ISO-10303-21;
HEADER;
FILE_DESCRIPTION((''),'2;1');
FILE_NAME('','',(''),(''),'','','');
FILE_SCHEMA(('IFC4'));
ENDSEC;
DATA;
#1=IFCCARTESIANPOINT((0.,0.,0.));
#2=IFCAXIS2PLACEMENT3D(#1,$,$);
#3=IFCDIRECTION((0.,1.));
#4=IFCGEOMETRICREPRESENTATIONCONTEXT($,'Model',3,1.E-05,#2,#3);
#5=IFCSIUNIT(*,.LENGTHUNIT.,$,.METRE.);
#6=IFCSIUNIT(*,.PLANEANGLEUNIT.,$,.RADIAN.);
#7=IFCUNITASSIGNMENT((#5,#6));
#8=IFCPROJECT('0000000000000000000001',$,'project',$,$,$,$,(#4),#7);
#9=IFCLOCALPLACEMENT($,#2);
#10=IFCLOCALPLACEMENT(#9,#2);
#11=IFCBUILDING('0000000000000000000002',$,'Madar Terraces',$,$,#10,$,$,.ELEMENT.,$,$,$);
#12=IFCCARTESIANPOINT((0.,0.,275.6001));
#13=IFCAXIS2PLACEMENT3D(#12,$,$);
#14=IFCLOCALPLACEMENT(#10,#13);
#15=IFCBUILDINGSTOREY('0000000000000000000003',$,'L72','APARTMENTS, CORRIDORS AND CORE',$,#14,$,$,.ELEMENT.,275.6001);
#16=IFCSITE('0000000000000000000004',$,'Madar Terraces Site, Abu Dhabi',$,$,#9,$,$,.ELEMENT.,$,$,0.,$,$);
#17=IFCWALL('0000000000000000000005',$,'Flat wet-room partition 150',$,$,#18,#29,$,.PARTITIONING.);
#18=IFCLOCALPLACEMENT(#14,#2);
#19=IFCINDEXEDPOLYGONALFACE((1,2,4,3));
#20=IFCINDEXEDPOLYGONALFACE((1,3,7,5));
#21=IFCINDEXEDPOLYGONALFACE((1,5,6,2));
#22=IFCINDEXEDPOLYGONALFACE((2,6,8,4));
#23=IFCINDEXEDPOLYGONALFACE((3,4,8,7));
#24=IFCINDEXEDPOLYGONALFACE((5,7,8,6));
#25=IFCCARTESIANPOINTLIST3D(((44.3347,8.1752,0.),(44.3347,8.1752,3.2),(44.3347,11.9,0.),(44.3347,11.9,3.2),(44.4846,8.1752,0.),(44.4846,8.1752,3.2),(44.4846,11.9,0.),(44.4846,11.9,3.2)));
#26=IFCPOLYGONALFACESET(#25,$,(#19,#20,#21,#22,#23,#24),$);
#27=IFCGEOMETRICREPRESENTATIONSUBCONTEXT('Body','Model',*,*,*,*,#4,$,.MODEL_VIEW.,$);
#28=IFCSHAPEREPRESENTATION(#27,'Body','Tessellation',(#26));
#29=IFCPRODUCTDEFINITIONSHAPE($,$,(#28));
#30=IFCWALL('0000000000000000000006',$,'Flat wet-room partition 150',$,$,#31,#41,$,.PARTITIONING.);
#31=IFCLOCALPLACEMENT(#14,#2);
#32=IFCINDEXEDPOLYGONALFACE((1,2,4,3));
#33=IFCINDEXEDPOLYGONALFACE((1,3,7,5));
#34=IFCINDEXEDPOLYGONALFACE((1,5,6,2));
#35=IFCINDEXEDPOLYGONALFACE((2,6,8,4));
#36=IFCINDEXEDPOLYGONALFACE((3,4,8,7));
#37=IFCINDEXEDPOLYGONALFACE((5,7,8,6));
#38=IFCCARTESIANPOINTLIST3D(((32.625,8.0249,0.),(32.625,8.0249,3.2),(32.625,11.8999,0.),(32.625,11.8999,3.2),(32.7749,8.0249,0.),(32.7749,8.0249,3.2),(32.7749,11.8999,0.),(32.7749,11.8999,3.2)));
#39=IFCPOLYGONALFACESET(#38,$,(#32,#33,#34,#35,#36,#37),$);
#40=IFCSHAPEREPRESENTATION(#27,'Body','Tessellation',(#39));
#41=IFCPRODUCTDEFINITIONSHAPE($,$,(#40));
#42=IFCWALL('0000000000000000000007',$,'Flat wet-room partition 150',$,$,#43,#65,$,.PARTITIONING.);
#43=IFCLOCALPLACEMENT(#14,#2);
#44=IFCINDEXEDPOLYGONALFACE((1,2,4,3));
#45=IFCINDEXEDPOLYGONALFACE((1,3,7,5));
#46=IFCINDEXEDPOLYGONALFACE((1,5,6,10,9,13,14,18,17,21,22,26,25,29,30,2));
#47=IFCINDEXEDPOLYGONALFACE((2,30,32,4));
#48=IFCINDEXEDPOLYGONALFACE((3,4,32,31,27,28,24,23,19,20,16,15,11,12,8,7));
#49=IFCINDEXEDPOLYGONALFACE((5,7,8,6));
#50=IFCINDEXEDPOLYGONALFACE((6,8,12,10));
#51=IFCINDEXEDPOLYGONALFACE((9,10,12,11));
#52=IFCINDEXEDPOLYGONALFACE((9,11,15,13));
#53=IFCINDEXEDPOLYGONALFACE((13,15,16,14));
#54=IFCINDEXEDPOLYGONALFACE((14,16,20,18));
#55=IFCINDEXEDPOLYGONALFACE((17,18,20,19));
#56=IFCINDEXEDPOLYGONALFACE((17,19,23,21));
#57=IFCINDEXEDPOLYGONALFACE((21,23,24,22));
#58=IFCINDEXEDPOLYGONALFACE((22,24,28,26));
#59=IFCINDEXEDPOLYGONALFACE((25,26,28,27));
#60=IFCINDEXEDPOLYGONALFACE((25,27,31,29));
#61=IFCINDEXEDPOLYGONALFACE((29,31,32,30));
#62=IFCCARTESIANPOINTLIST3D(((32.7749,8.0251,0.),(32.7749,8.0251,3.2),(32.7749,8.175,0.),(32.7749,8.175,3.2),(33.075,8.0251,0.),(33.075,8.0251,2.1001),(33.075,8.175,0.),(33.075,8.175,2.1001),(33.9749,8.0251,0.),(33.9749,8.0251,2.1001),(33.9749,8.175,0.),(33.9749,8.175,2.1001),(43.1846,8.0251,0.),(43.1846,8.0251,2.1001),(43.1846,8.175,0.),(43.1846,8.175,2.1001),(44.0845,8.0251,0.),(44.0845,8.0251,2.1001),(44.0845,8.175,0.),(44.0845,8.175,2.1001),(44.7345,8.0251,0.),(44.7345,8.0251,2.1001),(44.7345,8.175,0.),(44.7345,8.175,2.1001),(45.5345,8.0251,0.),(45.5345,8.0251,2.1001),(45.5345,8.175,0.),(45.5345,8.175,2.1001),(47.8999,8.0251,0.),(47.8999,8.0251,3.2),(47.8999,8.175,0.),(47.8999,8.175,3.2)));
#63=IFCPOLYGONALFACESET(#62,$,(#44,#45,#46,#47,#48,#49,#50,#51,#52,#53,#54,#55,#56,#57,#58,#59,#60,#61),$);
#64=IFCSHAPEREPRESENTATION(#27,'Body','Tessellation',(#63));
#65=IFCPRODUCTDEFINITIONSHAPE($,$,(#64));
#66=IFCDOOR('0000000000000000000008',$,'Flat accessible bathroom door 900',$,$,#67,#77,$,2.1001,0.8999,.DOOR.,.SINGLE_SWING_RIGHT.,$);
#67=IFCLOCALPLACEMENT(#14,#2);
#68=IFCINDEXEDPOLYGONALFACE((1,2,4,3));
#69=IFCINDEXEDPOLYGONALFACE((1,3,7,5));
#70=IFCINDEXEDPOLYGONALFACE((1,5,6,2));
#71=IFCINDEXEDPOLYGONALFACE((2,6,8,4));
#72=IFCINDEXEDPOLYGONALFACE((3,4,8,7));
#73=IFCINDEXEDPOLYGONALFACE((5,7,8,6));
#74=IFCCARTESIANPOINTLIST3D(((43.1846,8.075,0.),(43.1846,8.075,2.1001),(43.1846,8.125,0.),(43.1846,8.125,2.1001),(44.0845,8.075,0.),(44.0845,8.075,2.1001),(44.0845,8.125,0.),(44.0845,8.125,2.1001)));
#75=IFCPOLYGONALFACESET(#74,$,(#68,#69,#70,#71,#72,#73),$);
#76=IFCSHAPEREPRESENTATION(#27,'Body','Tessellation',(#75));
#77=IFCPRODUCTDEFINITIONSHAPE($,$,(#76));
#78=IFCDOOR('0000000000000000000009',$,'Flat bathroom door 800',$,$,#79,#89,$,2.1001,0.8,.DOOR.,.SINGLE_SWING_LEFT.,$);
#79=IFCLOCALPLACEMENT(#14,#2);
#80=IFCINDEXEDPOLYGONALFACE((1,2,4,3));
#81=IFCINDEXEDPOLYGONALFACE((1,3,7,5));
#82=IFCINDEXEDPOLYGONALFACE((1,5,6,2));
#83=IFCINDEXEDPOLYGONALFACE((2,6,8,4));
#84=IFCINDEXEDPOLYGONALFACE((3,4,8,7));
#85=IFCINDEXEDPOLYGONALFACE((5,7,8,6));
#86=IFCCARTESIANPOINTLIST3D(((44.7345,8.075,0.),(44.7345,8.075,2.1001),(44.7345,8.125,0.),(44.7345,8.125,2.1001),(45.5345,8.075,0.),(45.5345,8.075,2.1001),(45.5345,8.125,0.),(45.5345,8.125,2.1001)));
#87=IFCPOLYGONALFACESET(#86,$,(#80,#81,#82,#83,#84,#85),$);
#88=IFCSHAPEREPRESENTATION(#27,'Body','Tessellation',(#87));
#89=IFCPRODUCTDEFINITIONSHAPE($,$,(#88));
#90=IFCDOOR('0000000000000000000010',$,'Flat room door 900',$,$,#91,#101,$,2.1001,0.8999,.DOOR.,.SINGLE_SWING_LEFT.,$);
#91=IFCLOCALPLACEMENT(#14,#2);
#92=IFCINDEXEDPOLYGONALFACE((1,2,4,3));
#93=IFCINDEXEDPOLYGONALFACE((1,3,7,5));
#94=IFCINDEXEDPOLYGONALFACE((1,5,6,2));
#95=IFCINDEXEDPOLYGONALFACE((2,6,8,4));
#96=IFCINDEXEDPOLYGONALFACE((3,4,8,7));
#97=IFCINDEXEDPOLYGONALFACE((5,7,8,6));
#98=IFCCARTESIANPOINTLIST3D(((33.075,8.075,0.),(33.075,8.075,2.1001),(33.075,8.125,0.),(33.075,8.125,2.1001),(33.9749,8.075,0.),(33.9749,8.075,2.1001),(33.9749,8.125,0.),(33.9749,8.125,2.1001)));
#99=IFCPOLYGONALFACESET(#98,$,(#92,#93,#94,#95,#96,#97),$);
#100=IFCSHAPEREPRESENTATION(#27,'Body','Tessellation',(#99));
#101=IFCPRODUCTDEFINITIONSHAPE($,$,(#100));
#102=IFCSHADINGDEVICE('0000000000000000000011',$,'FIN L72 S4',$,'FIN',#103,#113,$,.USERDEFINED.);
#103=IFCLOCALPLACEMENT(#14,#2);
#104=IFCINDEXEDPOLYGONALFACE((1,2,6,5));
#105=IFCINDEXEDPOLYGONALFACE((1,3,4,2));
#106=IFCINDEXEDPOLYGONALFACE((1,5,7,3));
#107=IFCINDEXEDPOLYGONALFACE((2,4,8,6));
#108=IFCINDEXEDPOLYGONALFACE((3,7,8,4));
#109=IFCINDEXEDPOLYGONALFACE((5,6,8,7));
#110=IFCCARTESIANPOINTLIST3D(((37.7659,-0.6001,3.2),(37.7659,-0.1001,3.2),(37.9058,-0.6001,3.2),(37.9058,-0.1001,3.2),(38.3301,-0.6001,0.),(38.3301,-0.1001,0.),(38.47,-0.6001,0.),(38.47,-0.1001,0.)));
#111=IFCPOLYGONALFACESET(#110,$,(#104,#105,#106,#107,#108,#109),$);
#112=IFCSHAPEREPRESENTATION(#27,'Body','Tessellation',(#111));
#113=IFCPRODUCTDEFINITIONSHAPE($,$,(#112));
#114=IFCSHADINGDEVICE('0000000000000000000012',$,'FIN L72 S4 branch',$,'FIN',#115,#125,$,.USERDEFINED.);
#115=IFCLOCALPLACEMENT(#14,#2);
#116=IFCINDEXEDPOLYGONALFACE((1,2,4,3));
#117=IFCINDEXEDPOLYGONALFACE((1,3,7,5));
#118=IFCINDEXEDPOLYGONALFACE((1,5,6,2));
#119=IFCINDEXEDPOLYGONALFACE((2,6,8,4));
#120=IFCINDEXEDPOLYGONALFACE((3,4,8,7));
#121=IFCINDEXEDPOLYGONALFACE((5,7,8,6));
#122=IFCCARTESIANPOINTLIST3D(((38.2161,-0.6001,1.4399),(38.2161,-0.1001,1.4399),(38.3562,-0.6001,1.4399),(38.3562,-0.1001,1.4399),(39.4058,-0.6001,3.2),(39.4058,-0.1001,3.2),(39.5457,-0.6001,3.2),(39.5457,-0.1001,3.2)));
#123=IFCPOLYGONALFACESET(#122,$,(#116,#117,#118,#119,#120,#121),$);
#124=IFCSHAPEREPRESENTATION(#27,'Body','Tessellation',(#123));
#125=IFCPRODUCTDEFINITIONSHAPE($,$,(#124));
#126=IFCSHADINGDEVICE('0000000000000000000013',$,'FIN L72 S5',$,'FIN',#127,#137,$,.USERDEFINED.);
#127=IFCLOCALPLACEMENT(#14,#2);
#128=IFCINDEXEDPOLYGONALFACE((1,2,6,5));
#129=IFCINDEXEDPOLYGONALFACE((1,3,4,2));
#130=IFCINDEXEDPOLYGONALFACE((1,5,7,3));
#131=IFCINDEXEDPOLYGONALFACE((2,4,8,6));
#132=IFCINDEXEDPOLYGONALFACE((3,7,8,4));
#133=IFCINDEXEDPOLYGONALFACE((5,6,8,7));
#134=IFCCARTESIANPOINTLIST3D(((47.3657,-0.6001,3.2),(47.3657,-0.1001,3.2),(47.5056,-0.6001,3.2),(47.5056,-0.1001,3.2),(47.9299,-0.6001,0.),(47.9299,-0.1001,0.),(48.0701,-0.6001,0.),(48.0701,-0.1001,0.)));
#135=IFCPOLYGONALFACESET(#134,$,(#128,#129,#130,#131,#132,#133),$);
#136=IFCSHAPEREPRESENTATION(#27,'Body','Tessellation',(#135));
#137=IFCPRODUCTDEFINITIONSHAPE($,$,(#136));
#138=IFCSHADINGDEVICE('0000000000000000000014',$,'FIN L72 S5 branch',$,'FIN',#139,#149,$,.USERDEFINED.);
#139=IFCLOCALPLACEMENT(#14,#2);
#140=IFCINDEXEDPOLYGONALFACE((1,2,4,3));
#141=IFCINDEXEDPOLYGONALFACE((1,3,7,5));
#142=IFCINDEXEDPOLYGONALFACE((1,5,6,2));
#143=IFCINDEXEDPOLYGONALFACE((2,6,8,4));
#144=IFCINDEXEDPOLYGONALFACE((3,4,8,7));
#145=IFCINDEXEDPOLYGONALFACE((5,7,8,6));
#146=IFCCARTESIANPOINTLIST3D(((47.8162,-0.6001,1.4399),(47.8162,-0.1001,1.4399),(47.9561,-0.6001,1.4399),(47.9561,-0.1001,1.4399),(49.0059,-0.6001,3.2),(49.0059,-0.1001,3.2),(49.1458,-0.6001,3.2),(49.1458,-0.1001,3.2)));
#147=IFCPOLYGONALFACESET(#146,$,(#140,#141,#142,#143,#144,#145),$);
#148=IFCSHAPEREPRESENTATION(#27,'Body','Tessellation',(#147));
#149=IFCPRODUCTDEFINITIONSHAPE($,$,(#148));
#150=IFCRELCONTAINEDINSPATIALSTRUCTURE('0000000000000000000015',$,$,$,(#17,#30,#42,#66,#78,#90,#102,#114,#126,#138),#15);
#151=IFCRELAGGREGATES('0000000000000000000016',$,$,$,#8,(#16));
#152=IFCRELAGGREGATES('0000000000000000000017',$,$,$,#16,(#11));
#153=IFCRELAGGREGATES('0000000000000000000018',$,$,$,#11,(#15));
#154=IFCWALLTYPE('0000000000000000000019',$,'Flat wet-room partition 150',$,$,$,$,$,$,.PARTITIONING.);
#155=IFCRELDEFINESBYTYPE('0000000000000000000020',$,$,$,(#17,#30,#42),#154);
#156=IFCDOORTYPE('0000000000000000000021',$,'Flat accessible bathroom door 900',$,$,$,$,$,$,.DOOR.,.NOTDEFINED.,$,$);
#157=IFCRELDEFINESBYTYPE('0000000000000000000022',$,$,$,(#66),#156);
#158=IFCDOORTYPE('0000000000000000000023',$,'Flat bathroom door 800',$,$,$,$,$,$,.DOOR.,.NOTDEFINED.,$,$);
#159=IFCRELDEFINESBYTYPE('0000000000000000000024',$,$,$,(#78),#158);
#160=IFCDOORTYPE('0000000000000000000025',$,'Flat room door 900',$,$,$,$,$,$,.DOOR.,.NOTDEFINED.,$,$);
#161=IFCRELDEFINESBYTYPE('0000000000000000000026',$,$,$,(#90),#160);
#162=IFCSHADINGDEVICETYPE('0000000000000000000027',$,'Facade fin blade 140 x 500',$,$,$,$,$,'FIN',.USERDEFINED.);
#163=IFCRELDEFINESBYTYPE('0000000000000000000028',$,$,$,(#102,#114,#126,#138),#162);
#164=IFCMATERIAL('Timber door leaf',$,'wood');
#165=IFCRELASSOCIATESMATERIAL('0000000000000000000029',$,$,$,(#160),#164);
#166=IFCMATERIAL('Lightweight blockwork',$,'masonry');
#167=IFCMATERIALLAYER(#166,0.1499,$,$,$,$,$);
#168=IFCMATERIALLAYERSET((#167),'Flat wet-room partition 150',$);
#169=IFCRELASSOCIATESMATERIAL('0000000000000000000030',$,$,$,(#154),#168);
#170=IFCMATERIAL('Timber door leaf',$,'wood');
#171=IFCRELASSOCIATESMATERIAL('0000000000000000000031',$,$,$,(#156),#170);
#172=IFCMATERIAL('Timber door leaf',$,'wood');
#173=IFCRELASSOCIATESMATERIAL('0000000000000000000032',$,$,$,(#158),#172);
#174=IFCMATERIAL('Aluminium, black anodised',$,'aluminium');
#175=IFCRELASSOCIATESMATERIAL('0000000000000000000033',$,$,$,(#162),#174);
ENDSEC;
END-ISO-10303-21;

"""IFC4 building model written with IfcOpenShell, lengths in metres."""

from ifc_helpers import new_model, si_unit, direction, frame, frame_2d, origin, place, context, subcontext, project, spatial, polyline, rectangle, outline, extrude, material, layer, layer_set, type_object, element, fill, save


model = new_model("IFC4")

# Units and contexts
model_context = context("Model", 3, precision=1e-05, world=origin(), true_north=direction((0.0, 1.0)))
body_context = subcontext(model_context, "Body", "Model", "MODEL_VIEW")
ifc_project = project(units=[si_unit("LENGTHUNIT", "METRE"), si_unit("PLANEANGLEUNIT", "RADIAN")], contexts=[model_context])

# Site, building, storey
site_placement = place(None, origin())
site = spatial("IfcSite", under=ifc_project, at=site_placement, Name="Madar Terraces Site, Abu Dhabi", CompositionType="ELEMENT", RefElevation=0.0)
building_placement = place(site_placement, origin())
building = spatial("IfcBuilding", under=site, at=building_placement, Name="Madar Terraces", CompositionType="ELEMENT")
storey_placement = place(building_placement, frame((0.0, 0.0, 275.6001)))
storey = spatial("IfcBuildingStorey", under=building, at=storey_placement, Name="L72", Description="APARTMENTS, CORRIDORS AND CORE", CompositionType="ELEMENT", Elevation=275.6001)

# Shared definitions
ifc_material_1 = material(Name="Timber door leaf", Category="wood")
door_type_1 = type_object("IfcDoorType", Name="Flat room door 900", OperationType="NOTDEFINED", PredefinedType="DOOR", material=ifc_material_1)

# Walls
ifc_material_2 = material(Name="Lightweight blockwork", Category="masonry")
ifc_layer_1 = layer(ifc_material_2, 0.1499)
ifc_layer_set_1 = layer_set([ifc_layer_1], Name="Flat wet-room partition 150")
wall_type_1 = type_object("IfcWallType", Name="Flat wet-room partition 150", PredefinedType="PARTITIONING", material=ifc_layer_set_1)
for number, where, z_axis, x_axis, name in (
    (1, (44.4097, 11.8999, 0.0), (0.0, 0.0, 1.0), (0.0, -1.0, 0.0), "Flat wet-room partition 150"),
):
    element("IfcWall", number, at=place(storey_placement, frame(where, z_axis=z_axis, x_axis=x_axis)), inside=storey, type_object=wall_type_1, Name=name, PredefinedType="PARTITIONING", context=body_context, shape_type="SweptSolid", body=[
        extrude(rectangle(XDim=3.7249, YDim=0.1499, at=frame_2d((1.8623, 0.0))), origin(), (0.0, 0.0, 1.0), 3.2),
    ])
wall_1_placement = place(storey_placement, frame((32.7, 11.8999, 0.0), z_axis=(0.0, 0.0, 1.0), x_axis=(0.0, -1.0, 0.0)))
element("IfcWall", 2, at=wall_1_placement, inside=storey, type_object=wall_type_1, Name="Flat wet-room partition 150", PredefinedType="PARTITIONING", context=body_context, shape_type="SweptSolid", body=[
    extrude(rectangle(XDim=3.875, YDim=0.1499, at=frame_2d((1.9375, 0.0))), origin(), (0.0, 0.0, 1.0), 3.2),
])

# Wall, openings, doors
wall_2_placement = place(storey_placement, frame((32.7749, 8.1001, 0.0), z_axis=(0.0, 0.0, 1.0), x_axis=(1.0, 0.0, 0.0)))
wall_2 = element("IfcWall", 3, at=wall_2_placement, inside=storey, type_object=wall_type_1, Name="Flat wet-room partition 150", PredefinedType="PARTITIONING", context=body_context, shape_type="SweptSolid", body=[
    extrude(rectangle(XDim=15.125, YDim=0.1499, at=frame_2d((7.5625, 0.0))), origin(), (0.0, 0.0, 1.0), 3.2),
])
opening_1_placement = place(wall_2_placement, frame((0.3, 0.0, 0.0)))
opening_1 = element("IfcOpeningElement", 4, at=opening_1_placement, cuts=wall_2, PredefinedType="OPENING", context=body_context, shape_type="SweptSolid", body=[
    extrude(rectangle(XDim=0.8999, YDim=2.1001, at=frame_2d((0.45, 1.05))), frame((0.0, 0.085, 0.0), z_axis=(0.0, -1.0, 0.0), x_axis=(1.0, 0.0, 0.0)), (0.0, 0.0, 1.0), 0.1699),
])
opening_2_placement = place(wall_2_placement, frame((10.4097, 0.0, 0.0)))
opening_2 = element("IfcOpeningElement", 5, at=opening_2_placement, cuts=wall_2, PredefinedType="OPENING", context=body_context, shape_type="SweptSolid", body=[
    extrude(rectangle(XDim=0.8999, YDim=2.1001, at=frame_2d((0.45, 1.05))), frame((0.0, 0.085, 0.0), z_axis=(0.0, -1.0, 0.0), x_axis=(1.0, 0.0, 0.0)), (0.0, 0.0, 1.0), 0.1699),
])
opening_3_placement = place(wall_2_placement, frame((11.9597, 0.0, 0.0)))
opening_3 = element("IfcOpeningElement", 6, at=opening_3_placement, cuts=wall_2, PredefinedType="OPENING", context=body_context, shape_type="SweptSolid", body=[
    extrude(rectangle(XDim=0.8, YDim=2.1001, at=frame_2d((0.3999, 1.05))), frame((0.0, 0.085, 0.0), z_axis=(0.0, -1.0, 0.0), x_axis=(1.0, 0.0, 0.0)), (0.0, 0.0, 1.0), 0.1699),
])
ifc_material_3 = material(Name="Timber door leaf", Category="wood")
door_type_2 = type_object("IfcDoorType", Name="Flat accessible bathroom door 900", OperationType="NOTDEFINED", PredefinedType="DOOR", material=ifc_material_3)
door_1_placement = place(opening_2_placement, origin())
door_1 = element("IfcDoor", 7, at=door_1_placement, inside=storey, type_object=door_type_2, Name="Flat accessible bathroom door 900", OperationType="SINGLE_SWING_RIGHT", OverallHeight=2.1001, OverallWidth=0.8999, PredefinedType="DOOR", context=body_context, shape_type="SweptSolid", body=[
    extrude(rectangle(XDim=0.8999, YDim=2.1001, at=frame_2d((0.45, 1.05))), frame((0.0, 0.0249, 0.0), z_axis=(0.0, -1.0, 0.0), x_axis=(1.0, 0.0, 0.0)), (0.0, 0.0, 1.0), 0.05),
])
fill(opening_2, door_1)
ifc_material_4 = material(Name="Timber door leaf", Category="wood")
door_type_3 = type_object("IfcDoorType", Name="Flat bathroom door 800", OperationType="NOTDEFINED", PredefinedType="DOOR", material=ifc_material_4)
door_2_placement = place(opening_3_placement, origin())
door_2 = element("IfcDoor", 8, at=door_2_placement, inside=storey, type_object=door_type_3, Name="Flat bathroom door 800", OperationType="SINGLE_SWING_LEFT", OverallHeight=2.1001, OverallWidth=0.8, PredefinedType="DOOR", context=body_context, shape_type="SweptSolid", body=[
    extrude(rectangle(XDim=0.8, YDim=2.1001, at=frame_2d((0.3999, 1.05))), frame((0.0, 0.0249, 0.0), z_axis=(0.0, -1.0, 0.0), x_axis=(1.0, 0.0, 0.0)), (0.0, 0.0, 1.0), 0.05),
])
fill(opening_3, door_2)
door_3_placement = place(opening_1_placement, origin())
door_3 = element("IfcDoor", 9, at=door_3_placement, inside=storey, type_object=door_type_1, Name="Flat room door 900", OperationType="SINGLE_SWING_LEFT", OverallHeight=2.1001, OverallWidth=0.8999, PredefinedType="DOOR", context=body_context, shape_type="SweptSolid", body=[
    extrude(rectangle(XDim=0.8999, YDim=2.1001, at=frame_2d((0.45, 1.05))), frame((0.0, 0.0249, 0.0), z_axis=(0.0, -1.0, 0.0), x_axis=(1.0, 0.0, 0.0)), (0.0, 0.0, 1.0), 0.05),
])
fill(opening_1, door_3)

# Shading devices
ifc_material_5 = material(Name="Aluminium, black anodised", Category="aluminium")
shading_device_type = type_object("IfcShadingDeviceType", Name="Facade fin blade 140 x 500", ElementType="FIN", PredefinedType="USERDEFINED", material=ifc_material_5)
shading_device_1_placement = place(storey_placement, frame((38.3301, -0.3501, 0.0), z_axis=(0.0, 0.0, 1.0), x_axis=(1.0, 0.0, 0.0)))
element("IfcShadingDevice", 10, at=shading_device_1_placement, inside=storey, type_object=shading_device_type, Name="FIN L72 S4", ObjectType="FIN", PredefinedType="USERDEFINED", context=body_context, shape_type="SweptSolid", body=[
    extrude(outline(polyline([(0.0, 0.0), (0.1399, 0.0), (-0.4243, 3.2), (-0.5642, 3.2), (0.0, 0.0)])), frame((0.0, 0.25, 0.0), z_axis=(0.0, -1.0, 0.0), x_axis=(1.0, 0.0, 0.0)), (0.0, 0.0, 1.0), 0.5),
])
shading_device_2_placement = place(storey_placement, frame((38.2161, -0.3501, 1.4399), z_axis=(0.0, 0.0, 1.0), x_axis=(1.0, 0.0, 0.0)))
element("IfcShadingDevice", 11, at=shading_device_2_placement, inside=storey, type_object=shading_device_type, Name="FIN L72 S4 branch", ObjectType="FIN", PredefinedType="USERDEFINED", context=body_context, shape_type="SweptSolid", body=[
    extrude(outline(polyline([(0.0, 0.0), (0.1401, 0.0), (1.3296, 1.76), (1.1897, 1.76), (0.0, 0.0)])), frame((0.0, 0.25, 0.0), z_axis=(0.0, -1.0, 0.0), x_axis=(1.0, 0.0, 0.0)), (0.0, 0.0, 1.0), 0.5),
])
shading_device_3_placement = place(storey_placement, frame((47.9299, -0.3501, 0.0), z_axis=(0.0, 0.0, 1.0), x_axis=(1.0, 0.0, 0.0)))
element("IfcShadingDevice", 12, at=shading_device_3_placement, inside=storey, type_object=shading_device_type, Name="FIN L72 S5", ObjectType="FIN", PredefinedType="USERDEFINED", context=body_context, shape_type="SweptSolid", body=[
    extrude(outline(polyline([(0.0, 0.0), (0.1401, 0.0), (-0.4243, 3.2), (-0.5642, 3.2), (0.0, 0.0)])), frame((0.0, 0.25, 0.0), z_axis=(0.0, -1.0, 0.0), x_axis=(1.0, 0.0, 0.0)), (0.0, 0.0, 1.0), 0.5),
])
shading_device_4_placement = place(storey_placement, frame((47.8162, -0.3501, 1.4399), z_axis=(0.0, 0.0, 1.0), x_axis=(1.0, 0.0, 0.0)))
element("IfcShadingDevice", 13, at=shading_device_4_placement, inside=storey, type_object=shading_device_type, Name="FIN L72 S5 branch", ObjectType="FIN", PredefinedType="USERDEFINED", context=body_context, shape_type="SweptSolid", body=[
    extrude(outline(polyline([(0.0, 0.0), (0.1399, 0.0), (1.3296, 1.76), (1.1897, 1.76), (0.0, 0.0)])), frame((0.0, 0.25, 0.0), z_axis=(0.0, -1.0, 0.0), x_axis=(1.0, 0.0, 0.0)), (0.0, 0.0, 1.0), 0.5),
])

save(model, "model.ifc")
